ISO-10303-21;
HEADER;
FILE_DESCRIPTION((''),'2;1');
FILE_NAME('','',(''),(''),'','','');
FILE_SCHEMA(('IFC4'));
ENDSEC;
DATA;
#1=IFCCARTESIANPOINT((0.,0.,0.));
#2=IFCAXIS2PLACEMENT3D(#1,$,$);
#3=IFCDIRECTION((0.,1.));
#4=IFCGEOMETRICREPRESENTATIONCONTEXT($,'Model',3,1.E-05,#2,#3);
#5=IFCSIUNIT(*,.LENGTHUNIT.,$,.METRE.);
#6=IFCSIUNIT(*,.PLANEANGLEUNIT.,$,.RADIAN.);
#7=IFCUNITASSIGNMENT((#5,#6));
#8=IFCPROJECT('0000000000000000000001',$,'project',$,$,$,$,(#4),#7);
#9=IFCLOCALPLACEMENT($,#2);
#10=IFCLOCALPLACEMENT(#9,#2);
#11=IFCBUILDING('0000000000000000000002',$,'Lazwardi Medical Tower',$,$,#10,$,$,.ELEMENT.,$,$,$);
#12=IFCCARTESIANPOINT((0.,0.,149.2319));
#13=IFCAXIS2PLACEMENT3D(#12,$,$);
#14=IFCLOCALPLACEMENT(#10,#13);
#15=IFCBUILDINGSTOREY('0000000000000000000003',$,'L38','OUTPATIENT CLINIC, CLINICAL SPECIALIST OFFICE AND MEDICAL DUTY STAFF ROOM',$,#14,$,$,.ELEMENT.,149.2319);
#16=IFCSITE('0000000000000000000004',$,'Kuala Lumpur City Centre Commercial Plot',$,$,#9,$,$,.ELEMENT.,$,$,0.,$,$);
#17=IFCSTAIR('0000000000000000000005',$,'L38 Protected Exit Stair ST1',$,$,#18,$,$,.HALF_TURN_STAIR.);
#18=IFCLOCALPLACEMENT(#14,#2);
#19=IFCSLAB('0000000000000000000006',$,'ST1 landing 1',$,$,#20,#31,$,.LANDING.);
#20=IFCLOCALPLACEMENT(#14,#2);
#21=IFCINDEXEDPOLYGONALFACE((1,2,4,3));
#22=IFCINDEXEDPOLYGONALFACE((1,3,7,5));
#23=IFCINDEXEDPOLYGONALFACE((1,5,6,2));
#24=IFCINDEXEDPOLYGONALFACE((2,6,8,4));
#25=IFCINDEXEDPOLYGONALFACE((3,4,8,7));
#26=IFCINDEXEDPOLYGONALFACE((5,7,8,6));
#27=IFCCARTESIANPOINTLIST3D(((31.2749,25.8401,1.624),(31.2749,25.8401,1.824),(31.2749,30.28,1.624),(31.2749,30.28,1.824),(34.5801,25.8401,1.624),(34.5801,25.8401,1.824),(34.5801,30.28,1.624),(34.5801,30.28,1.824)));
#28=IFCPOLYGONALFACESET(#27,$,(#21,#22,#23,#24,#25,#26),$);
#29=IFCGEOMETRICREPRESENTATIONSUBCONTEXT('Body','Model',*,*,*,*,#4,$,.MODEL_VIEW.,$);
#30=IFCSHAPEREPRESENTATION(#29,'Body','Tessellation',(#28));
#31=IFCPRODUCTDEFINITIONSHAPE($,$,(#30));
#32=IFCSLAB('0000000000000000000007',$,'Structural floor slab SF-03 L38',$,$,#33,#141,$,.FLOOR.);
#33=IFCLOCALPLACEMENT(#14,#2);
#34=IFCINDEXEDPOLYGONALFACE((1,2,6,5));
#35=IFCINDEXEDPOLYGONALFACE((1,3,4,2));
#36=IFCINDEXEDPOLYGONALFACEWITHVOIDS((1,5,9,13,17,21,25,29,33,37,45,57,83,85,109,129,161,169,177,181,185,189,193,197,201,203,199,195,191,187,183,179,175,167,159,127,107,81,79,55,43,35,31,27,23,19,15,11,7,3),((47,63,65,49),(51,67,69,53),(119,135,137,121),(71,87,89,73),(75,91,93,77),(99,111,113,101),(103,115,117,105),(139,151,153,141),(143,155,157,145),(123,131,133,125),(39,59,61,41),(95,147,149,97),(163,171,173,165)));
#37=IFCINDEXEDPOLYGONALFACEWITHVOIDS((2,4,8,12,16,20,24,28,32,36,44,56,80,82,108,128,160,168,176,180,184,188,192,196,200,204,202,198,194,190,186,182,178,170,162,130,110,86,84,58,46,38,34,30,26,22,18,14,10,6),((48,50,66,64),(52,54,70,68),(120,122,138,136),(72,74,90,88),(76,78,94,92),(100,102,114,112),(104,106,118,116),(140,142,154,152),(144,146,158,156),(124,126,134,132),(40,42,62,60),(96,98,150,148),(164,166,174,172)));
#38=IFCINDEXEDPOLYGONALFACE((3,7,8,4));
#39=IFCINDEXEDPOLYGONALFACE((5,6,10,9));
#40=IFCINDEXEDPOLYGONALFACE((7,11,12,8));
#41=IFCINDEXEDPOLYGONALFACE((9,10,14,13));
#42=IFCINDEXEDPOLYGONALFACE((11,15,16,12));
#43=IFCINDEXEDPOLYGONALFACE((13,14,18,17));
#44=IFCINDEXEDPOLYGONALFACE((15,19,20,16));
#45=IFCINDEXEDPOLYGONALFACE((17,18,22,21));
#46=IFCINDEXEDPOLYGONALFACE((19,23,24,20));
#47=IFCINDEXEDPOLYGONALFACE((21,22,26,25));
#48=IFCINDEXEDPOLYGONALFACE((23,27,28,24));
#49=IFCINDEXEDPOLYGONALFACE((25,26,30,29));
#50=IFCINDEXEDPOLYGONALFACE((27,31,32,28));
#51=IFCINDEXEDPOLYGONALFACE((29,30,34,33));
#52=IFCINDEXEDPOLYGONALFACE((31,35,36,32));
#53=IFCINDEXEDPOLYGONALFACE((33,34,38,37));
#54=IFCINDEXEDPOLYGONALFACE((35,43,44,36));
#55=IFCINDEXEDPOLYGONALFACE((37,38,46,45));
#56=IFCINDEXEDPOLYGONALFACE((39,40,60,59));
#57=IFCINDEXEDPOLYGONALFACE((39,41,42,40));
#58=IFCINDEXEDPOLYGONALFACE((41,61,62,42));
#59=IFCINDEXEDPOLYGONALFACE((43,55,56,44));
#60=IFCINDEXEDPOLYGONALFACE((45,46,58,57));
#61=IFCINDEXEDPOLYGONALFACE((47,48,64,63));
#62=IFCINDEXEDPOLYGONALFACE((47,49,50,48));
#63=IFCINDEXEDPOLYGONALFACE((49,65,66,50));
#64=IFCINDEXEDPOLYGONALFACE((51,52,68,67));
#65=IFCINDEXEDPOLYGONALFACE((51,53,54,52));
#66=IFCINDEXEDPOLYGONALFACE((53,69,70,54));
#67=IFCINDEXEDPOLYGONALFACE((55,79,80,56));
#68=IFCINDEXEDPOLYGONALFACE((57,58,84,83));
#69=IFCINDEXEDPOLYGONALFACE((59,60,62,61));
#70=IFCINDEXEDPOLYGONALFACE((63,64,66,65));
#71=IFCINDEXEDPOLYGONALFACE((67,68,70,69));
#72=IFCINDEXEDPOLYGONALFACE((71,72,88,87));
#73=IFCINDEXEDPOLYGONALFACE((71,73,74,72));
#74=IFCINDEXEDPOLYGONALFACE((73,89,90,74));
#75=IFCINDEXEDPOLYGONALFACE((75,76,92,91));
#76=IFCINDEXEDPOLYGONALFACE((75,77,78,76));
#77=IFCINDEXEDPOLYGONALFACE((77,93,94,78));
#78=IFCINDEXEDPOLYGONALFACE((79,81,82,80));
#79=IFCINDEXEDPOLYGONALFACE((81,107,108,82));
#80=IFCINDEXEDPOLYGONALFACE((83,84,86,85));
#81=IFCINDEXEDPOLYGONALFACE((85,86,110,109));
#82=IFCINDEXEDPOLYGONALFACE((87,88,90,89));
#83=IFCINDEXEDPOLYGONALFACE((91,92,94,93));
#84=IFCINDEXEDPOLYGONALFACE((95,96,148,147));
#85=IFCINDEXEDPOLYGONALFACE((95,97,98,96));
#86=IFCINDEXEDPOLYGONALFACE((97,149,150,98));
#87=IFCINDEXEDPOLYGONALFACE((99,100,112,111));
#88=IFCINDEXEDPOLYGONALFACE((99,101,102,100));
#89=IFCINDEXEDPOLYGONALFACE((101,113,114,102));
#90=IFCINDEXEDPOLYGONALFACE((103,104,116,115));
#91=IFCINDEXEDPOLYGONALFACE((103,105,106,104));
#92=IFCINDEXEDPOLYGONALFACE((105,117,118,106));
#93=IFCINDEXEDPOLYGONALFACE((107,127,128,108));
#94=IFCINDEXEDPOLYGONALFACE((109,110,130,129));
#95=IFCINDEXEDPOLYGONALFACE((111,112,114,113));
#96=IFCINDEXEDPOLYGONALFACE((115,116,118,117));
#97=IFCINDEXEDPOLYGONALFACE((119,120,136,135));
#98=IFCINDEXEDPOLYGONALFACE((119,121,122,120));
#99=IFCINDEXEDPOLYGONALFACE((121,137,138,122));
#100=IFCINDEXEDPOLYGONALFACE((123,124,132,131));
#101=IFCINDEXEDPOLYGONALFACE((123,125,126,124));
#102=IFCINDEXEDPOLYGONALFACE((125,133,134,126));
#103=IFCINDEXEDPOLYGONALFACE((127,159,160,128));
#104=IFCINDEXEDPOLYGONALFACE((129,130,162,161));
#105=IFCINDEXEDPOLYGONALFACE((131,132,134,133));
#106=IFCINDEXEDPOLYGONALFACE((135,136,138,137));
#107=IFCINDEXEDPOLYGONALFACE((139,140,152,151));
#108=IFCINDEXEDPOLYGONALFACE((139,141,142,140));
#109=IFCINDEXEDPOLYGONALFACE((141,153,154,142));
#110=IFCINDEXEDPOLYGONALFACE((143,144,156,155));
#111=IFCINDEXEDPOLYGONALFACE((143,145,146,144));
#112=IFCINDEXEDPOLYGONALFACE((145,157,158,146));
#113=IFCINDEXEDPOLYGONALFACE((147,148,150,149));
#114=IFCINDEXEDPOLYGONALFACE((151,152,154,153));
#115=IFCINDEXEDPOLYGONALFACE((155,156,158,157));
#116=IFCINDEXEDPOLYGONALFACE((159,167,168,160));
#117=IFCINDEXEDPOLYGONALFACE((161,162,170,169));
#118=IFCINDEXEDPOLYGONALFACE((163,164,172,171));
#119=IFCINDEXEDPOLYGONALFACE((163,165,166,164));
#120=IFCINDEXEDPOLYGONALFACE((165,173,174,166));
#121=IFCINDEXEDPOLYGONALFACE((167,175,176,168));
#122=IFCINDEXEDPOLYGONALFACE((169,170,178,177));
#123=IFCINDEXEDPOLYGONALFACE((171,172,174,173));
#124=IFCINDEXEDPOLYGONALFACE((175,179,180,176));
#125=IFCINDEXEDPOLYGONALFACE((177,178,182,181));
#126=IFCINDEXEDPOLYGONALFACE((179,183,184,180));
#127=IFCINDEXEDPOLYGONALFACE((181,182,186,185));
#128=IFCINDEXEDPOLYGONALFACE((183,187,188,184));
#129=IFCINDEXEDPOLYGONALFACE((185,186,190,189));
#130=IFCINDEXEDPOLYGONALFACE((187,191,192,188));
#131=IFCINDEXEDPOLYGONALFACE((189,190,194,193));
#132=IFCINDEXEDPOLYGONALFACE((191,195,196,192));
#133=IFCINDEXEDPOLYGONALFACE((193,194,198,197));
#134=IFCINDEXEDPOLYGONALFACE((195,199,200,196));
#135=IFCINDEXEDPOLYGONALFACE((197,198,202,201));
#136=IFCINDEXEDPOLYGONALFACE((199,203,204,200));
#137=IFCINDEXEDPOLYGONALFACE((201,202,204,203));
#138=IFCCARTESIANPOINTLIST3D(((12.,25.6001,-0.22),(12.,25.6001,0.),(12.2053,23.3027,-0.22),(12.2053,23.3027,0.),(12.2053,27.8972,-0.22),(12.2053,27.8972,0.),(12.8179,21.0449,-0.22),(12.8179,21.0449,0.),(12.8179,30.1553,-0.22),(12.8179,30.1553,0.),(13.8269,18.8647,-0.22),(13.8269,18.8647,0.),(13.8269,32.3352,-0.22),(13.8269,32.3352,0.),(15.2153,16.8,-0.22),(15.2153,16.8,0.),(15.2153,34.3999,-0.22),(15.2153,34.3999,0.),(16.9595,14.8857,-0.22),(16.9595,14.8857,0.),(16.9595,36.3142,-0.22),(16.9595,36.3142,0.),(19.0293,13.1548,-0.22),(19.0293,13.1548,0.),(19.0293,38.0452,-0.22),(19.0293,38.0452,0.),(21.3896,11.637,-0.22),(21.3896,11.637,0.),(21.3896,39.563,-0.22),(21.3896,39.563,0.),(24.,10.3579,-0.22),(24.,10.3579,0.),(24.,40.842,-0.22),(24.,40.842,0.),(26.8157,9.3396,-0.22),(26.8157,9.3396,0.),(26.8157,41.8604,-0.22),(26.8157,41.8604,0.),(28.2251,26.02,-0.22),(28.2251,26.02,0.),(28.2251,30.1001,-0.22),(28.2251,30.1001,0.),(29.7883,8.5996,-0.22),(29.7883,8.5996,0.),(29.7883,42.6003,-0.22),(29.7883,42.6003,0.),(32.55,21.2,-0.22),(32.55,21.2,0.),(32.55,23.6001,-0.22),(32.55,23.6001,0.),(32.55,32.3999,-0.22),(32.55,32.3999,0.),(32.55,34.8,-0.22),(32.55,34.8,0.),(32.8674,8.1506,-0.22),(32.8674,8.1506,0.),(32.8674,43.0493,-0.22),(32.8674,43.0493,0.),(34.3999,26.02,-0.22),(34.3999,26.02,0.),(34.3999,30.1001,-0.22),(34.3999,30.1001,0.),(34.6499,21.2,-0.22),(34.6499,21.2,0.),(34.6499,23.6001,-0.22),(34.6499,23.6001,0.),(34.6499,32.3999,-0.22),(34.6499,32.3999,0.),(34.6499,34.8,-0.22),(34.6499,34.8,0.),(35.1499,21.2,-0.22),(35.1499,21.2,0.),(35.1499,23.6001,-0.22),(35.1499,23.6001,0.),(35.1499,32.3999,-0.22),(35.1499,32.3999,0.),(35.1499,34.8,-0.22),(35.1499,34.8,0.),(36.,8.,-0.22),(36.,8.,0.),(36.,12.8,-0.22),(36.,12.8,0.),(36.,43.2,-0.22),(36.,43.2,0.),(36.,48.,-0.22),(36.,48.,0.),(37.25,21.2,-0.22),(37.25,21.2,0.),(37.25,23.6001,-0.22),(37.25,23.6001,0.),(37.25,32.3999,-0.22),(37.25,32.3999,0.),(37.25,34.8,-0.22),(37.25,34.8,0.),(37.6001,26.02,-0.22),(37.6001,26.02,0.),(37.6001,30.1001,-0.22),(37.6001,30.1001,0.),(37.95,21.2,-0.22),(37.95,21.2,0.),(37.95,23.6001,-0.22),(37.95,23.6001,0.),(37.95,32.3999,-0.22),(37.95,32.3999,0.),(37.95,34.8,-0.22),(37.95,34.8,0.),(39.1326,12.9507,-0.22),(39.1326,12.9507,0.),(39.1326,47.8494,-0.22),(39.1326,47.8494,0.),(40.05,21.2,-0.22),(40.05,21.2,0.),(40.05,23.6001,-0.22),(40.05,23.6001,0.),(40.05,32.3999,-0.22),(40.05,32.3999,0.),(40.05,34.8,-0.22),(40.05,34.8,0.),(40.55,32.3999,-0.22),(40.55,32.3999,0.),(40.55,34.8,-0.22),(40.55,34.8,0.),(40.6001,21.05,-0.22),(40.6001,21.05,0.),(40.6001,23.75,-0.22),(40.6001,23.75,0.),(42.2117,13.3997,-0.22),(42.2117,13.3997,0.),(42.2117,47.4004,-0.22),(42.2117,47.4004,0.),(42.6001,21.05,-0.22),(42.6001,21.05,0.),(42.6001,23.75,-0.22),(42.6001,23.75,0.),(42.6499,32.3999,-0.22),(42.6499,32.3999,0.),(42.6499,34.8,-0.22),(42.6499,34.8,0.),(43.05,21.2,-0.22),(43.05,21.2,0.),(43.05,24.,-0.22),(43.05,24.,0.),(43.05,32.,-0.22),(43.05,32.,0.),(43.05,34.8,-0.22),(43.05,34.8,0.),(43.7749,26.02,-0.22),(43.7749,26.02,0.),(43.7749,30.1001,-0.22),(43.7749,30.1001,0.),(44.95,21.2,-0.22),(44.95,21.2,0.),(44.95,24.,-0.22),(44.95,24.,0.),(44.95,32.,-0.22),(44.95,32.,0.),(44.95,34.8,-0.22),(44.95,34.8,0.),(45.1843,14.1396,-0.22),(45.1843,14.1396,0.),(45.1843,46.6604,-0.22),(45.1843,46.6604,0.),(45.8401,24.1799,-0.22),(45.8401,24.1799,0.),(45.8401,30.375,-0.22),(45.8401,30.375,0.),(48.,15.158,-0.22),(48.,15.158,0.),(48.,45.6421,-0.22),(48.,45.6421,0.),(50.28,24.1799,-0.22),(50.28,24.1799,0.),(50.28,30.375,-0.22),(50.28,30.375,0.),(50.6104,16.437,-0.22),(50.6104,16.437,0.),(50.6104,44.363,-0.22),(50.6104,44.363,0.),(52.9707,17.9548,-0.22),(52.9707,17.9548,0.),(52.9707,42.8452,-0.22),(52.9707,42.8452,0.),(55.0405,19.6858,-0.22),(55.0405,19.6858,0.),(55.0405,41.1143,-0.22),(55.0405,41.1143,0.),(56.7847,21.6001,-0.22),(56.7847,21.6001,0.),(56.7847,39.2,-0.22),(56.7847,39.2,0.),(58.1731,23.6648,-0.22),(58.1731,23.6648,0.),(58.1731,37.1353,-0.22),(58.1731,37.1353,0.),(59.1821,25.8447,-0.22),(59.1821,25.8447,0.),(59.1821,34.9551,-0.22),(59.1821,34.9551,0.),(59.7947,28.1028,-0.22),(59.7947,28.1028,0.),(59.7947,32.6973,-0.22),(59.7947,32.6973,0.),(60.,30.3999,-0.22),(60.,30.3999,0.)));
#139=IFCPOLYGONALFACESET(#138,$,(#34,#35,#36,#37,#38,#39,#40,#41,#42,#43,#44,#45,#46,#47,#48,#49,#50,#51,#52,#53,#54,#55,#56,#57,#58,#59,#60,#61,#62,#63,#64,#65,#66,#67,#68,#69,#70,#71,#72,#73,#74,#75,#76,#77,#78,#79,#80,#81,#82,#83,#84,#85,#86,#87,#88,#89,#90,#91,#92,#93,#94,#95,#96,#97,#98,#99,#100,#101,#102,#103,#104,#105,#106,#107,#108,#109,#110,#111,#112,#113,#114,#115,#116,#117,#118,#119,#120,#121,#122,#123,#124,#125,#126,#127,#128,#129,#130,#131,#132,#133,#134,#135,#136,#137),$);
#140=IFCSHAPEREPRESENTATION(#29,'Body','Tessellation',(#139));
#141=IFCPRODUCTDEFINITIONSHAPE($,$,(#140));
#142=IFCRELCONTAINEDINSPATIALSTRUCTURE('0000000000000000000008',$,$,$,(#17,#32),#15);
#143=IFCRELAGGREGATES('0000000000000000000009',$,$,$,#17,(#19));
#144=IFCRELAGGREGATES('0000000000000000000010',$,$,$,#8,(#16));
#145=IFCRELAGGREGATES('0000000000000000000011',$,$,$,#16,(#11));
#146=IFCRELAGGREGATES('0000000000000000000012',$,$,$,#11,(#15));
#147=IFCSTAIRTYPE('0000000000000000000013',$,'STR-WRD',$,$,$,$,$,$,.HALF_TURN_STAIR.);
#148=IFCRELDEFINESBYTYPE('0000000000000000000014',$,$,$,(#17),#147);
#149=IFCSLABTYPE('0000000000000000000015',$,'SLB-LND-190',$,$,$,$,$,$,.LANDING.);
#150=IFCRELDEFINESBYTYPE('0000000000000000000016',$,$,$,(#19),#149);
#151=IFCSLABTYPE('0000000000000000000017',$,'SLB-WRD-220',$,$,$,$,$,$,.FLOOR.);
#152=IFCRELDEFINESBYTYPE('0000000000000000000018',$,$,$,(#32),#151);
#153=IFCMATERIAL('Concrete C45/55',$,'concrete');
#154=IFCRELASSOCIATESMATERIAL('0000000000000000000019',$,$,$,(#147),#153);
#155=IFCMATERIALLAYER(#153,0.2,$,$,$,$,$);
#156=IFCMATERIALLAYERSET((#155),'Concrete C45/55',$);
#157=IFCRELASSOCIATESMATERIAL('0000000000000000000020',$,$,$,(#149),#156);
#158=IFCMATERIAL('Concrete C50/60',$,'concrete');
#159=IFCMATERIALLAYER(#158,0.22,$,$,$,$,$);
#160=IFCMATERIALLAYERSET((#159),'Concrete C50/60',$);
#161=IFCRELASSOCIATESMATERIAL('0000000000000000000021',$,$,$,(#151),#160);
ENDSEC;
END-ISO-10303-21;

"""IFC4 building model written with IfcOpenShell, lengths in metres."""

from ifc_helpers import new_model, si_unit, direction, frame, origin, place, context, subcontext, project, spatial, polyline, outline, extrude, material, layer, layer_set, type_object, element, aggregate, save


model = new_model("IFC4")

# Units and contexts
model_context = context("Model", 3, precision=1e-05, world=origin(), true_north=direction((0.0, 1.0)))
body_context = subcontext(model_context, "Body", "Model", "MODEL_VIEW")
ifc_project = project(units=[si_unit("LENGTHUNIT", "METRE"), si_unit("PLANEANGLEUNIT", "RADIAN")], contexts=[model_context])

# Site, building, storey
site_placement = place(None, origin())
site = spatial("IfcSite", under=ifc_project, at=site_placement, Name="Kuala Lumpur City Centre Commercial Plot", CompositionType="ELEMENT", RefElevation=0.0)
building_placement = place(site_placement, origin())
building = spatial("IfcBuilding", under=site, at=building_placement, Name="Lazwardi Medical Tower", CompositionType="ELEMENT")
storey_placement = place(building_placement, frame((0.0, 0.0, 149.2319)))
storey = spatial("IfcBuildingStorey", under=building, at=storey_placement, Name="L38", Description="OUTPATIENT CLINIC, CLINICAL SPECIALIST OFFICE AND MEDICAL DUTY STAFF ROOM", CompositionType="ELEMENT", Elevation=149.2319)

# Stair, slab
ifc_material_1 = material(Name="Concrete C45/55", Category="concrete")
stair_type = type_object("IfcStairType", Name="STR-WRD", PredefinedType="HALF_TURN_STAIR", material=ifc_material_1)
stair_placement = place(storey_placement, origin())
stair = element("IfcStair", 1, at=stair_placement, inside=storey, type_object=stair_type, Name="L38 Protected Exit Stair ST1", PredefinedType="HALF_TURN_STAIR")
ifc_layer_1 = layer(ifc_material_1, 0.2)
ifc_layer_set_1 = layer_set([ifc_layer_1], Name="Concrete C45/55")
slab_type_1 = type_object("IfcSlabType", Name="SLB-LND-190", PredefinedType="LANDING", material=ifc_layer_set_1)
slab_1_placement = place(storey_placement, frame((0.0, 0.0, 1.624)))
slab_1 = element("IfcSlab", 2, at=slab_1_placement, type_object=slab_type_1, Name="ST1 landing 1", PredefinedType="LANDING", context=body_context, shape_type="SweptSolid", body=[
    extrude(outline(polyline([(31.2749, 25.8401), (34.5801, 25.8401), (34.5801, 30.28), (31.2749, 30.28), (31.2749, 25.8401)])), origin(), (0.0, 0.0, 1.0), 0.2),
])
aggregate(stair, [slab_1])

# Slab
ifc_material_2 = material(Name="Concrete C50/60", Category="concrete")
ifc_layer_2 = layer(ifc_material_2, 0.22)
ifc_layer_set_2 = layer_set([ifc_layer_2], Name="Concrete C50/60")
slab_type_2 = type_object("IfcSlabType", Name="SLB-WRD-220", PredefinedType="FLOOR", material=ifc_layer_set_2)
slab_2_placement = place(storey_placement, frame((0.0, 0.0, -0.22)))
element("IfcSlab", 3, at=slab_2_placement, inside=storey, type_object=slab_type_2, Name="Structural floor slab SF-03 L38", PredefinedType="FLOOR", context=body_context, shape_type="SweptSolid", body=[
    extrude(outline(polyline([(12.2053, 23.3027), (12.8179, 21.0449), (13.8269, 18.8647), (15.2153, 16.8), (16.9595, 14.8857), (19.0293, 13.1548), (21.3896, 11.637), (24.0, 10.3579), (26.8157, 9.3396), (29.7883, 8.5996), (32.8674, 8.1506), (36.0, 8.0), (36.0, 12.8), (39.1326, 12.9507), (42.2117, 13.3997), (45.1843, 14.1396), (48.0, 15.158), (50.6104, 16.437), (52.9707, 17.9548), (55.0405, 19.6858), (56.7847, 21.6001), (58.1731, 23.6648), (59.1821, 25.8447), (59.7947, 28.1028), (60.0, 30.3999), (59.7947, 32.6973), (59.1821, 34.9551), (58.1731, 37.1353), (56.7847, 39.2), (55.0405, 41.1143), (52.9707, 42.8452), (50.6104, 44.363), (48.0, 45.6421), (45.1843, 46.6604), (42.2117, 47.4004), (39.1326, 47.8494), (36.0, 48.0), (36.0, 43.2), (32.8674, 43.0493), (29.7883, 42.6003), (26.8157, 41.8604), (24.0, 40.842), (21.3896, 39.563), (19.0293, 38.0452), (16.9595, 36.3142), (15.2153, 34.3999), (13.8269, 32.3352), (12.8179, 30.1553), (12.2053, 27.8972), (12.0, 25.6001), (12.2053, 23.3027)]), holes=[polyline([(28.2251, 26.02), (28.2251, 30.1001), (34.3999, 30.1001), (34.3999, 26.02), (28.2251, 26.02)]), polyline([(37.6001, 30.1001), (43.7749, 30.1001), (43.7749, 26.02), (37.6001, 26.02), (37.6001, 30.1001)]), polyline([(50.28, 30.375), (50.28, 24.1799), (45.8401, 24.1799), (45.8401, 30.375), (50.28, 30.375)]), polyline([(34.6499, 32.3999), (32.55, 32.3999), (32.55, 34.8), (34.6499, 34.8), (34.6499, 32.3999)]), polyline([(35.1499, 32.3999), (35.1499, 34.8), (37.25, 34.8), (37.25, 32.3999), (35.1499, 32.3999)]), polyline([(32.55, 23.6001), (34.6499, 23.6001), (34.6499, 21.2), (32.55, 21.2), (32.55, 23.6001)]), polyline([(37.25, 23.6001), (37.25, 21.2), (35.1499, 21.2), (35.1499, 23.6001), (37.25, 23.6001)]), polyline([(40.05, 32.3999), (37.95, 32.3999), (37.95, 34.8), (40.05, 34.8), (40.05, 32.3999)]), polyline([(40.55, 32.3999), (40.55, 34.8), (42.6499, 34.8), (42.6499, 32.3999), (40.55, 32.3999)]), polyline([(37.95, 23.6001), (40.05, 23.6001), (40.05, 21.2), (37.95, 21.2), (37.95, 23.6001)]), polyline([(44.95, 34.8), (44.95, 32.0), (43.05, 32.0), (43.05, 34.8), (44.95, 34.8)]), polyline([(44.95, 21.2), (43.05, 21.2), (43.05, 24.0), (44.95, 24.0), (44.95, 21.2)]), polyline([(40.6001, 21.05), (40.6001, 23.75), (42.6001, 23.75), (42.6001, 21.05), (40.6001, 21.05)])]), origin(), (0.0, 0.0, 1.0), 0.22),
])

save(model, "model.ifc")
